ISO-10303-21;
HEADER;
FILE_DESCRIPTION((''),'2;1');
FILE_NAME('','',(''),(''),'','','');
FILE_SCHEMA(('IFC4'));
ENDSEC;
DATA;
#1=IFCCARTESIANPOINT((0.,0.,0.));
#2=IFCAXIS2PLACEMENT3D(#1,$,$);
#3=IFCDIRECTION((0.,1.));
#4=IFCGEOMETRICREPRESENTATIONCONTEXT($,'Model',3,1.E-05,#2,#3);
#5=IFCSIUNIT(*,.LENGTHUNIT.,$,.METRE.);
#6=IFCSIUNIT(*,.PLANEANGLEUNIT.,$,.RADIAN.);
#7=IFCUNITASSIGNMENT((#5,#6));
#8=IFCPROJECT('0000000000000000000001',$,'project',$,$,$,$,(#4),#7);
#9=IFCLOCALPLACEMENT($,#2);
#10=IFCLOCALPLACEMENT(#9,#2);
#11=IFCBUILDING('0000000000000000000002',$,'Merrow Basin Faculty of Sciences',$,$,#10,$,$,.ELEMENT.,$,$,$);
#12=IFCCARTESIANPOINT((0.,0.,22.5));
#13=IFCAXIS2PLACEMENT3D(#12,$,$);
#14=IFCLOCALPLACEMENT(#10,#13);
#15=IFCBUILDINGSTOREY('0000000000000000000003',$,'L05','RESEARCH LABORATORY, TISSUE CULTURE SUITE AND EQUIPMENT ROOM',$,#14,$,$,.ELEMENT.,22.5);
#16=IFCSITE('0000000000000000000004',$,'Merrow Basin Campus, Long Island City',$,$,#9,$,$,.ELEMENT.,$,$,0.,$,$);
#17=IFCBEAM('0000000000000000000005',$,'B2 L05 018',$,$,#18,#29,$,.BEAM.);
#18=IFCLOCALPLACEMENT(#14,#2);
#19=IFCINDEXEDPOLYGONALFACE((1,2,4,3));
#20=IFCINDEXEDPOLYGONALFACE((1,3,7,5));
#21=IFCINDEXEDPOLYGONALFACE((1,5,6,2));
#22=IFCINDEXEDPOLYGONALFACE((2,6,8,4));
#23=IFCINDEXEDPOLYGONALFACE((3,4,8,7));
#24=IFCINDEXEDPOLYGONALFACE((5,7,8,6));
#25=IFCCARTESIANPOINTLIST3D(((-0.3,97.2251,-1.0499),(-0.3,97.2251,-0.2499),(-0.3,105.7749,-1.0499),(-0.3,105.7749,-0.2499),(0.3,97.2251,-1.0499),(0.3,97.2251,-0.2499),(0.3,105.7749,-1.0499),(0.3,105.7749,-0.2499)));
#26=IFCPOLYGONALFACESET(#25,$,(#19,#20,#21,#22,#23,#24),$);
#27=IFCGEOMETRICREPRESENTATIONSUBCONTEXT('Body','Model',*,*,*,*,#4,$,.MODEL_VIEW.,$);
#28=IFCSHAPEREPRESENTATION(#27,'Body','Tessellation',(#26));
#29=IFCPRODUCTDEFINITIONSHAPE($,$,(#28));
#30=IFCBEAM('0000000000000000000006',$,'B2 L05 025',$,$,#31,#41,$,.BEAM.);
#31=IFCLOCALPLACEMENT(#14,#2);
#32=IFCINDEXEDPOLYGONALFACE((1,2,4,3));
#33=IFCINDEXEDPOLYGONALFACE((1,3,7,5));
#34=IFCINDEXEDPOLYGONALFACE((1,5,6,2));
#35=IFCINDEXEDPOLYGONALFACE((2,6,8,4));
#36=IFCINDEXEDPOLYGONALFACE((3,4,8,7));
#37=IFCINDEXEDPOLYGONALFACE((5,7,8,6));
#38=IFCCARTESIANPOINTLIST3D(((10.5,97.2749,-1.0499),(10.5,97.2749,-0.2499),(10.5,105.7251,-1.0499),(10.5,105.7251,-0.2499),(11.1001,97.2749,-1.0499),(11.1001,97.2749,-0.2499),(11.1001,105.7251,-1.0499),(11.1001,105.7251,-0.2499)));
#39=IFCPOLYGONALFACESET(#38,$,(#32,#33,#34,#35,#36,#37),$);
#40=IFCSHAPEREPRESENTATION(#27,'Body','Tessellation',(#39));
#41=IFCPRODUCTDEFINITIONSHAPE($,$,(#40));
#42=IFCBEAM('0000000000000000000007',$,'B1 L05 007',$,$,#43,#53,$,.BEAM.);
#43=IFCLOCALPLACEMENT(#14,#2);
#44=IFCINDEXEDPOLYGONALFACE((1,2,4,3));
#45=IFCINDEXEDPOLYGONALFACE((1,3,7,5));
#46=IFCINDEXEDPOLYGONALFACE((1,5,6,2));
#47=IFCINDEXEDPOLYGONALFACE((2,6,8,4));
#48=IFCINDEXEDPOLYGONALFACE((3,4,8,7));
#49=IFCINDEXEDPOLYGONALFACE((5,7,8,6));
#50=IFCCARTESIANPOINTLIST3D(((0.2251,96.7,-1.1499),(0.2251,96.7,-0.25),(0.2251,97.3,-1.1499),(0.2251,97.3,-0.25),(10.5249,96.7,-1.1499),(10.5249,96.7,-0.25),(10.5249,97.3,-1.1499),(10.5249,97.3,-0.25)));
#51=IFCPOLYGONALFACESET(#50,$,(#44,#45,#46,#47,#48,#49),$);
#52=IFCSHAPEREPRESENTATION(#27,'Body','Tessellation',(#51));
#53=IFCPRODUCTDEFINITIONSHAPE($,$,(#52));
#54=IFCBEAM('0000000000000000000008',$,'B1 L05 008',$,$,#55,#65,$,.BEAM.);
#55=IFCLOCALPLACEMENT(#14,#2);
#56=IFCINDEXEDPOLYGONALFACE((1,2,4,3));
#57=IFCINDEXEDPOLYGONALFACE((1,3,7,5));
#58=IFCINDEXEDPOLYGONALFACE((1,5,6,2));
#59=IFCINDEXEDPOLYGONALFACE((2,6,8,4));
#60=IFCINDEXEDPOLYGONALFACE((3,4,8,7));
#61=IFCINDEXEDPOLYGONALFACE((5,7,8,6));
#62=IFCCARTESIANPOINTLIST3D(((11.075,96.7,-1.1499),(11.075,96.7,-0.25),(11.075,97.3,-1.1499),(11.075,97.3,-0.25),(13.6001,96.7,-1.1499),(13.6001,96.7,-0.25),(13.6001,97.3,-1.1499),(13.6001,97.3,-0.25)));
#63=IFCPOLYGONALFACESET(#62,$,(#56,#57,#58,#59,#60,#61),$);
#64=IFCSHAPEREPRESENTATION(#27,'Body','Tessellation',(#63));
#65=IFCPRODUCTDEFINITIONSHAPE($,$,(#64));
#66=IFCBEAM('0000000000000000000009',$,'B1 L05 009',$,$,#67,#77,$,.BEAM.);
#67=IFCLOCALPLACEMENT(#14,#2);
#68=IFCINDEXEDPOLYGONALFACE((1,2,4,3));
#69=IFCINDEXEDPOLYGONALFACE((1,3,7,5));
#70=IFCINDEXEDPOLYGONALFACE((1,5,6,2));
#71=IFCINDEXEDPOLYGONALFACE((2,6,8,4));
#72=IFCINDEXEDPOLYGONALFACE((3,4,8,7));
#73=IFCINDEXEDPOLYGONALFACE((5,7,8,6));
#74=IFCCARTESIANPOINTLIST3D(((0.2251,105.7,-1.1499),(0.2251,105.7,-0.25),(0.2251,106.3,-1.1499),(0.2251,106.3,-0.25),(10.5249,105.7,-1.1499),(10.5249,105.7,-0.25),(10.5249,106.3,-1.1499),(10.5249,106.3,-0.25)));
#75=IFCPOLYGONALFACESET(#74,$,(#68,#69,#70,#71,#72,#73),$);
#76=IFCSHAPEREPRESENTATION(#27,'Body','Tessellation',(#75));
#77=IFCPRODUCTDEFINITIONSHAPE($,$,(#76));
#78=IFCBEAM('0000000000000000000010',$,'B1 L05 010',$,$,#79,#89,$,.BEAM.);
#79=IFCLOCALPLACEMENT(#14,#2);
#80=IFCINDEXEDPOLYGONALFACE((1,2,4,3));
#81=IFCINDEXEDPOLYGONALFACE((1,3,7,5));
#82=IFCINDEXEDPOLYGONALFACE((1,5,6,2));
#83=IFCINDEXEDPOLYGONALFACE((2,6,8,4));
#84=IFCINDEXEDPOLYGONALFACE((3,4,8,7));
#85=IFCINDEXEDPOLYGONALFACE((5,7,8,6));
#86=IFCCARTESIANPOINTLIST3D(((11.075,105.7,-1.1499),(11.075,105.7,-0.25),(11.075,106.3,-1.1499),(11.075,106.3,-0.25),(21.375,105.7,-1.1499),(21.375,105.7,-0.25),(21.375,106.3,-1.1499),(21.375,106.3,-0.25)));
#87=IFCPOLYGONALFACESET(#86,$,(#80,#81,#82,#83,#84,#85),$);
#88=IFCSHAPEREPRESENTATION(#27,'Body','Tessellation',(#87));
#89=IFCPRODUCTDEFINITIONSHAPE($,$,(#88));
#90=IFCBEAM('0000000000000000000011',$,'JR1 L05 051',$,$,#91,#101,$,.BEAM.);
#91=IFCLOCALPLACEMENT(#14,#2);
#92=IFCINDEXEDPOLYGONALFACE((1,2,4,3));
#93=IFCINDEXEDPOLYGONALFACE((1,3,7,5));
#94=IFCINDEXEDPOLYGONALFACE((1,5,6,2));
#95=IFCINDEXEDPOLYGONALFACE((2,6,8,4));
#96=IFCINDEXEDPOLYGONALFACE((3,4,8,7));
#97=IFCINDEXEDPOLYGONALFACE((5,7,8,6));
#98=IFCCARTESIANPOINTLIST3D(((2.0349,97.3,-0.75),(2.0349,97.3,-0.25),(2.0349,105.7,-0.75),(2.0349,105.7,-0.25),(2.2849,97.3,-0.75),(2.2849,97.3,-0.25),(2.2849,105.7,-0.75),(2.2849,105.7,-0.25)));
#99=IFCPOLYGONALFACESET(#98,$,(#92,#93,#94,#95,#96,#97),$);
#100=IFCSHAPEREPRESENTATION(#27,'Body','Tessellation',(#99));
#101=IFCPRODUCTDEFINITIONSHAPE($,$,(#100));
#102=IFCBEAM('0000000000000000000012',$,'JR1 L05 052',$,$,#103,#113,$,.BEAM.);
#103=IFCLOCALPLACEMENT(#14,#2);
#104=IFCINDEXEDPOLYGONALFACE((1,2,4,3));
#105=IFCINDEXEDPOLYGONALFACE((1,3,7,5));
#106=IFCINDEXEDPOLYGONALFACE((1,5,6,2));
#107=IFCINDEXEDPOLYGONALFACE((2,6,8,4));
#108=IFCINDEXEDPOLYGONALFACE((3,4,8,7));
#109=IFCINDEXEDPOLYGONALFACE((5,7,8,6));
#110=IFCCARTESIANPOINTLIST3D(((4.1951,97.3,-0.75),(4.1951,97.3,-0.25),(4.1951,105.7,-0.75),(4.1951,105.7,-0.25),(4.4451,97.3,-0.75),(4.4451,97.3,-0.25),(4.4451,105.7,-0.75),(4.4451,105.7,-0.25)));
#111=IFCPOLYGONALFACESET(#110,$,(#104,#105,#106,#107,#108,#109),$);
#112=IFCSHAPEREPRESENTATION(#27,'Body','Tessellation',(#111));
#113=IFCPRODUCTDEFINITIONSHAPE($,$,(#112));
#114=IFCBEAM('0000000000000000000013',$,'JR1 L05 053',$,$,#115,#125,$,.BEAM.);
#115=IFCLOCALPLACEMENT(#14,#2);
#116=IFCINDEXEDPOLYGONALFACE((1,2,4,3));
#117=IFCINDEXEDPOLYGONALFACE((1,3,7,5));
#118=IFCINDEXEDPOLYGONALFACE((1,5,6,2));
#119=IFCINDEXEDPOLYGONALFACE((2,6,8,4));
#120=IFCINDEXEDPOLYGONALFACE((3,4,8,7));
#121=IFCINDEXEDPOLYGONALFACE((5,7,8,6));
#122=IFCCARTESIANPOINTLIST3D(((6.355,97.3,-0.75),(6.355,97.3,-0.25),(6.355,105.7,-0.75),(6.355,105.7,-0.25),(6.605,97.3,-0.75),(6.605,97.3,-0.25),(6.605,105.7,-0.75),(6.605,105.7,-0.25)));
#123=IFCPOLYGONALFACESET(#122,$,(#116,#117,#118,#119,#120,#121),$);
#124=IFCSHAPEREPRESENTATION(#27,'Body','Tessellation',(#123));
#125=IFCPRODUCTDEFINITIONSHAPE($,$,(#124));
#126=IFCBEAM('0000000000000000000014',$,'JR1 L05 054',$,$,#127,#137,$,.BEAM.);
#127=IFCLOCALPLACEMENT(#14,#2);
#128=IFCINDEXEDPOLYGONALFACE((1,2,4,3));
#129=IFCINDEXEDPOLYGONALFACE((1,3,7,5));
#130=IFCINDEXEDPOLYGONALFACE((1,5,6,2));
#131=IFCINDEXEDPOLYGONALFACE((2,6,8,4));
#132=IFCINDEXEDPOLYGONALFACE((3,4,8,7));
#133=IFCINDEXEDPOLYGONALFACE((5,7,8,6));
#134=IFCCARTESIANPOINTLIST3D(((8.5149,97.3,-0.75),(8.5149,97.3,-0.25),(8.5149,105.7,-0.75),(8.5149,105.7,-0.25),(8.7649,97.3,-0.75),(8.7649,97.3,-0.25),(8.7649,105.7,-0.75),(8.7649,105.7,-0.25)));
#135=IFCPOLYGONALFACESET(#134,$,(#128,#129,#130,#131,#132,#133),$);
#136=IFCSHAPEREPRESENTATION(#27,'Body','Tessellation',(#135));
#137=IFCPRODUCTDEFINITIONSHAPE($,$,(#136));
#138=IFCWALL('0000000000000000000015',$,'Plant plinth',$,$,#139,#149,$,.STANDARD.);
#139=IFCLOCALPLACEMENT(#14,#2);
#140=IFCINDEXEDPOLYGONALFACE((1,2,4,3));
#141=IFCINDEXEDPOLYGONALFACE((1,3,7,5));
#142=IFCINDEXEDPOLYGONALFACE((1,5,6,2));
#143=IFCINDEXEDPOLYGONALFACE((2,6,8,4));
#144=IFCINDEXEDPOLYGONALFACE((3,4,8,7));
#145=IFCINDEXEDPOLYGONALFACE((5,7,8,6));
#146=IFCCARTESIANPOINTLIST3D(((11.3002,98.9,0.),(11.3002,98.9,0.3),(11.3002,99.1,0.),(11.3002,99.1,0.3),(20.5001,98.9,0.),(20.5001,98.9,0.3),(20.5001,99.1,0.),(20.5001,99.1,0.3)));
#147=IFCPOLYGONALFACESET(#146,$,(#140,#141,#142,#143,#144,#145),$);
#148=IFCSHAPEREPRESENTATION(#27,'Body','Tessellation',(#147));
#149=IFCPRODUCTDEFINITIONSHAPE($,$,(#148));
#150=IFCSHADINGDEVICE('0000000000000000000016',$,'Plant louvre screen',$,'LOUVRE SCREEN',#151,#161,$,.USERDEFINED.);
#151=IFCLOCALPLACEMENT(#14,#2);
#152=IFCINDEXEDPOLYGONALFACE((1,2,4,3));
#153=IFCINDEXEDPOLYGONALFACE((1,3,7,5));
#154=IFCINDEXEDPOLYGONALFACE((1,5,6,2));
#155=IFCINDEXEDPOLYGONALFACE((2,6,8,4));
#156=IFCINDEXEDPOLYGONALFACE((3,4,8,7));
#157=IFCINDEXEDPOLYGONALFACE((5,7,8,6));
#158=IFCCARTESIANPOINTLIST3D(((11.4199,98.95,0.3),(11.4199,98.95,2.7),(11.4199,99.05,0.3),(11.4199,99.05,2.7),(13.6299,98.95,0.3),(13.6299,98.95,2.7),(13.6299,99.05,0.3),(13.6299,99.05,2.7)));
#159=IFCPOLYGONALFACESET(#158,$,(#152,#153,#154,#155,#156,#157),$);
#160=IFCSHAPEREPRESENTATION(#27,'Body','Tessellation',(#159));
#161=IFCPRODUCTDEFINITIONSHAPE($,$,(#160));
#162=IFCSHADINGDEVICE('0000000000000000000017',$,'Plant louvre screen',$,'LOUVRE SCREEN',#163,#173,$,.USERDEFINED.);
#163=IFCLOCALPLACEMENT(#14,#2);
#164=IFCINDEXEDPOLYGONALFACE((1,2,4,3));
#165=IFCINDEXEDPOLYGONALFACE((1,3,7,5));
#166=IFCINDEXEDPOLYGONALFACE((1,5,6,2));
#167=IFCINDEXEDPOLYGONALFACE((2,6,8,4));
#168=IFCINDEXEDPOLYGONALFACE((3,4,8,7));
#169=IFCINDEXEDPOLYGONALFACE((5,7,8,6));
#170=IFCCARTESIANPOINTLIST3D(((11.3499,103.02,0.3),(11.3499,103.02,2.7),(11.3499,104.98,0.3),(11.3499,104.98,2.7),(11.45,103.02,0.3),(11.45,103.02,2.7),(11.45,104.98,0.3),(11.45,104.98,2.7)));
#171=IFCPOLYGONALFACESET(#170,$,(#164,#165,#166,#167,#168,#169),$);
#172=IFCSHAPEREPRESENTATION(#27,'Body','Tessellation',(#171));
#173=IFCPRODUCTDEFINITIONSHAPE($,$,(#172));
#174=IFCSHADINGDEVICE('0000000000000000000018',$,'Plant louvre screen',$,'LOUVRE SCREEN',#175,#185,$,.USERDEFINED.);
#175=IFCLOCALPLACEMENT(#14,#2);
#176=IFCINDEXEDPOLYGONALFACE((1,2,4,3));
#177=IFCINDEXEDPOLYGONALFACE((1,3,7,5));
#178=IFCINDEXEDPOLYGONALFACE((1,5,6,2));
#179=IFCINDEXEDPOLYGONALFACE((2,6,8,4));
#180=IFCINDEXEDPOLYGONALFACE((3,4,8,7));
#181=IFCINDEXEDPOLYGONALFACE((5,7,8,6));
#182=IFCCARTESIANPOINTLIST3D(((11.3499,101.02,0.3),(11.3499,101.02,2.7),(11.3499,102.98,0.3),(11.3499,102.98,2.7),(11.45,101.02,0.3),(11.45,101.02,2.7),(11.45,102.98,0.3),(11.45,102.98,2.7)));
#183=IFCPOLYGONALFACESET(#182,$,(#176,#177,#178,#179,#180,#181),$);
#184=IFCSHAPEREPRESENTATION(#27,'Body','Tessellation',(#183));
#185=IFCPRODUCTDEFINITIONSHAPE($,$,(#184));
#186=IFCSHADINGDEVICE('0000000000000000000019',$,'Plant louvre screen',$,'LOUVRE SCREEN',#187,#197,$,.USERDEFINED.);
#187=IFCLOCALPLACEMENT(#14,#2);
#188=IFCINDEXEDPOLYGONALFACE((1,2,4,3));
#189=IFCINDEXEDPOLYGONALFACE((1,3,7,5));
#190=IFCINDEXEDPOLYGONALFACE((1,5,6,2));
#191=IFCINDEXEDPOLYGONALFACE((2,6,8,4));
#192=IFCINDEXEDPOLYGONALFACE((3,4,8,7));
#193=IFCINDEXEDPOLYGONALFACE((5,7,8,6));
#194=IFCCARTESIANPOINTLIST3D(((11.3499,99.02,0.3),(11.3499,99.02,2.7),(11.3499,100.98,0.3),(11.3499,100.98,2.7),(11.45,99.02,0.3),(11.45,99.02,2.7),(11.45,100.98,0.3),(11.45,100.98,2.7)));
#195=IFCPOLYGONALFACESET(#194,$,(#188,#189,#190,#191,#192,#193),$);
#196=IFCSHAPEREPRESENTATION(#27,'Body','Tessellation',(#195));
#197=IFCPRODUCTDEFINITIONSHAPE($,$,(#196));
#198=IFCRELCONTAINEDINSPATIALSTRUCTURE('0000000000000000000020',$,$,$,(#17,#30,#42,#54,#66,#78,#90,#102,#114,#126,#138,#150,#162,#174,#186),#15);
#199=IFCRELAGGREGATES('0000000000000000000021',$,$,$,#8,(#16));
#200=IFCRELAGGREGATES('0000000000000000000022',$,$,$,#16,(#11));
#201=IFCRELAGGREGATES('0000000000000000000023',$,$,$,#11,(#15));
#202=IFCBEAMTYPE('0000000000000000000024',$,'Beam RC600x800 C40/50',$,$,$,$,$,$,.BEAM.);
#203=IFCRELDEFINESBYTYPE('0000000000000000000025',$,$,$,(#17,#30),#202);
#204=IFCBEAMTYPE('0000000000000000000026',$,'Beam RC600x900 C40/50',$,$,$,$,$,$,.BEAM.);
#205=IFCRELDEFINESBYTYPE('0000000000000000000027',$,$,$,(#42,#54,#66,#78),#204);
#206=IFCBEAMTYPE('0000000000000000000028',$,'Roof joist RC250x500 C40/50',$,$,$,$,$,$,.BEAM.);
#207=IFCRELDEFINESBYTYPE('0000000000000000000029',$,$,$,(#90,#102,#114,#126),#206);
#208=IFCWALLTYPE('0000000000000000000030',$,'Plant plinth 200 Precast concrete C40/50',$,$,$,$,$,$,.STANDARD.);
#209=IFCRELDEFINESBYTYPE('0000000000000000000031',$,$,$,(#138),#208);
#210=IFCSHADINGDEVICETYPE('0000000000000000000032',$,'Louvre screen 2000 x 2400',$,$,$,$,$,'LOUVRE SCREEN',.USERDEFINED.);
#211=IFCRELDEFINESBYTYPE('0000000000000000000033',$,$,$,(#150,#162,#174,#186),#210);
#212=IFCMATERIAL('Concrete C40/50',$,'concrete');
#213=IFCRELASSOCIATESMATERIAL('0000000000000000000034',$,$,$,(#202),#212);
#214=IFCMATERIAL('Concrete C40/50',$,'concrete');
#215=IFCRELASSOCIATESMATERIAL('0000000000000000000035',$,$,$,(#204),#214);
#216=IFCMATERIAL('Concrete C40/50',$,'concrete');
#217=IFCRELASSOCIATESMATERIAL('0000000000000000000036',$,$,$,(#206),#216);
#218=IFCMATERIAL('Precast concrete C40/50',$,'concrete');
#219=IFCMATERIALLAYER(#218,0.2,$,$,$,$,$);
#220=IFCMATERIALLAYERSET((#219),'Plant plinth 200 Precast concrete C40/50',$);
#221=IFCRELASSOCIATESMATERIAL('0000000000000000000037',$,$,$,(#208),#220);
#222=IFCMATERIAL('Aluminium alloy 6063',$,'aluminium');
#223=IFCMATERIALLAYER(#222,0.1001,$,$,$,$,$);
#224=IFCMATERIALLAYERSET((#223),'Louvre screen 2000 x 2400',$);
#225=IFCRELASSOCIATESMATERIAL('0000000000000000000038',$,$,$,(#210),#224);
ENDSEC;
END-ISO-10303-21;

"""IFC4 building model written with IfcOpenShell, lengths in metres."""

from ifc_helpers import new_model, si_unit, direction, frame, frame_2d, origin, origin_2d, place, context, subcontext, project, spatial, rectangle, extrude, material, layer, layer_set, material_profile, profile_set, type_object, element, save


model = new_model("IFC4")

# Units and contexts
model_context = context("Model", 3, precision=1e-05, world=origin(), true_north=direction((0.0, 1.0)))
body_context = subcontext(model_context, "Body", "Model", "MODEL_VIEW")
ifc_project = project(units=[si_unit("LENGTHUNIT", "METRE"), si_unit("PLANEANGLEUNIT", "RADIAN")], contexts=[model_context])

# Site, building, storey
site_placement = place(None, origin())
site = spatial("IfcSite", under=ifc_project, at=site_placement, Name="Merrow Basin Campus, Long Island City", CompositionType="ELEMENT", RefElevation=0.0)
building_placement = place(site_placement, origin())
building = spatial("IfcBuilding", under=site, at=building_placement, Name="Merrow Basin Faculty of Sciences", CompositionType="ELEMENT")
storey_placement = place(building_placement, frame((0.0, 0.0, 22.5)))
storey = spatial("IfcBuildingStorey", under=building, at=storey_placement, Name="L05", Description="RESEARCH LABORATORY, TISSUE CULTURE SUITE AND EQUIPMENT ROOM", CompositionType="ELEMENT", Elevation=22.5)

# Beams
ifc_material_1 = material(Name="Concrete C40/50", Category="concrete")
ifc_material_profile_1 = material_profile(ifc_material_1, rectangle(XDim=0.6001, YDim=0.8, at=origin_2d()))
ifc_profile_set_1 = profile_set([ifc_material_profile_1], Name="Concrete C40/50")
beam_type_1 = type_object("IfcBeamType", Name="Beam RC600x800 C40/50", PredefinedType="BEAM", material=ifc_profile_set_1)
beam_1_placement = place(storey_placement, frame((0.0, 97.2251, -0.6499), z_axis=(0.0, 1.0, 0.0), x_axis=(-1.0, 0.0, 0.0)))
element("IfcBeam", 1, at=beam_1_placement, inside=storey, type_object=beam_type_1, Name="B2 L05 018", PredefinedType="BEAM", context=body_context, shape_type="SweptSolid", body=[
    extrude(rectangle(XDim=0.6001, YDim=0.8, at=origin_2d()), origin(), (0.0, 0.0, 1.0), 8.5498),
])
beam_2_placement = place(storey_placement, frame((10.8, 97.2749, -0.6499), z_axis=(0.0, 1.0, 0.0), x_axis=(-1.0, 0.0, 0.0)))
element("IfcBeam", 2, at=beam_2_placement, inside=storey, type_object=beam_type_1, Name="B2 L05 025", PredefinedType="BEAM", context=body_context, shape_type="SweptSolid", body=[
    extrude(rectangle(XDim=0.6001, YDim=0.8, at=origin_2d()), origin(), (0.0, 0.0, 1.0), 8.4502),
])
ifc_material_2 = material(Name="Concrete C40/50", Category="concrete")
ifc_material_profile_2 = material_profile(ifc_material_2, rectangle(XDim=0.6001, YDim=0.8999, at=origin_2d()))
ifc_profile_set_2 = profile_set([ifc_material_profile_2], Name="Concrete C40/50")
beam_type_2 = type_object("IfcBeamType", Name="Beam RC600x900 C40/50", PredefinedType="BEAM", material=ifc_profile_set_2)
beam_3_placement = place(storey_placement, frame((0.2251, 97.0, -0.7), z_axis=(1.0, 0.0, 0.0), x_axis=(0.0, 1.0, 0.0)))
element("IfcBeam", 3, at=beam_3_placement, inside=storey, type_object=beam_type_2, Name="B1 L05 007", PredefinedType="BEAM", context=body_context, shape_type="SweptSolid", body=[
    extrude(rectangle(XDim=0.6001, YDim=0.8999, at=origin_2d()), origin(), (0.0, 0.0, 1.0), 10.2998),
])
beam_4_placement = place(storey_placement, frame((11.075, 97.0, -0.7), z_axis=(1.0, 0.0, 0.0), x_axis=(0.0, 1.0, 0.0)))
element("IfcBeam", 4, at=beam_4_placement, inside=storey, type_object=beam_type_2, Name="B1 L05 008", PredefinedType="BEAM", context=body_context, shape_type="SweptSolid", body=[
    extrude(rectangle(XDim=0.6001, YDim=0.8999, at=origin_2d()), origin(), (0.0, 0.0, 1.0), 2.5251),
])
beam_5_placement = place(storey_placement, frame((0.2251, 106.0, -0.7), z_axis=(1.0, 0.0, 0.0), x_axis=(0.0, 1.0, 0.0)))
element("IfcBeam", 5, at=beam_5_placement, inside=storey, type_object=beam_type_2, Name="B1 L05 009", PredefinedType="BEAM", context=body_context, shape_type="SweptSolid", body=[
    extrude(rectangle(XDim=0.6001, YDim=0.8999, at=origin_2d()), origin(), (0.0, 0.0, 1.0), 10.2998),
])
beam_6_placement = place(storey_placement, frame((11.075, 106.0, -0.7), z_axis=(1.0, 0.0, 0.0), x_axis=(0.0, 1.0, 0.0)))
element("IfcBeam", 6, at=beam_6_placement, inside=storey, type_object=beam_type_2, Name="B1 L05 010", PredefinedType="BEAM", context=body_context, shape_type="SweptSolid", body=[
    extrude(rectangle(XDim=0.6001, YDim=0.8999, at=origin_2d()), origin(), (0.0, 0.0, 1.0), 10.3),
])
ifc_material_3 = material(Name="Concrete C40/50", Category="concrete")
ifc_material_profile_3 = material_profile(ifc_material_3, rectangle(XDim=0.25, YDim=0.5, at=origin_2d()))
ifc_profile_set_3 = profile_set([ifc_material_profile_3], Name="Concrete C40/50")
beam_type_3 = type_object("IfcBeamType", Name="Roof joist RC250x500 C40/50", PredefinedType="BEAM", material=ifc_profile_set_3)
for number, where, z_axis, x_axis, name in (
    (7, (2.1599, 97.3, -0.5), (0.0, 1.0, 0.0), (-1.0, 0.0, 0.0), "JR1 L05 051"),
    (8, (4.3201, 97.3, -0.5), (0.0, 1.0, 0.0), (-1.0, 0.0, 0.0), "JR1 L05 052"),
    (9, (6.48, 97.3, -0.5), (0.0, 1.0, 0.0), (-1.0, 0.0, 0.0), "JR1 L05 053"),
    (10, (8.6399, 97.3, -0.5), (0.0, 1.0, 0.0), (-1.0, 0.0, 0.0), "JR1 L05 054"),
):
    element("IfcBeam", number, at=place(storey_placement, frame(where, z_axis=z_axis, x_axis=x_axis)), inside=storey, type_object=beam_type_3, Name=name, PredefinedType="BEAM", context=body_context, shape_type="SweptSolid", body=[
        extrude(rectangle(XDim=0.25, YDim=0.5, at=origin_2d()), origin(), (0.0, 0.0, 1.0), 8.3999),
    ])

# Wall
ifc_material_4 = material(Name="Precast concrete C40/50", Category="concrete")
ifc_layer_1 = layer(ifc_material_4, 0.2)
ifc_layer_set_1 = layer_set([ifc_layer_1], Name="Plant plinth 200 Precast concrete C40/50")
wall_type = type_object("IfcWallType", Name="Plant plinth 200 Precast concrete C40/50", PredefinedType="STANDARD", material=ifc_layer_set_1)
wall_placement = place(storey_placement, frame((11.3, 99.0, 0.0), z_axis=(0.0, 0.0, 1.0), x_axis=(1.0, 0.0, 0.0)))
element("IfcWall", 11, at=wall_placement, inside=storey, type_object=wall_type, Name="Plant plinth", PredefinedType="STANDARD", context=body_context, shape_type="SweptSolid", body=[
    extrude(rectangle(XDim=9.2, YDim=0.2, at=frame_2d((4.6001, 0.0))), origin(), (0.0, 0.0, 1.0), 0.3),
])

# Shading devices
ifc_material_5 = material(Name="Aluminium alloy 6063", Category="aluminium")
ifc_layer_2 = layer(ifc_material_5, 0.1001)
ifc_layer_set_2 = layer_set([ifc_layer_2], Name="Louvre screen 2000 x 2400")
shading_device_type = type_object("IfcShadingDeviceType", Name="Louvre screen 2000 x 2400", ElementType="LOUVRE SCREEN", PredefinedType="USERDEFINED", material=ifc_layer_set_2)
shading_device_placement = place(storey_placement, frame((12.5249, 99.0, 0.3), z_axis=(0.0, 0.0, 1.0), x_axis=(1.0, 0.0, 0.0)))
element("IfcShadingDevice", 12, at=shading_device_placement, inside=storey, type_object=shading_device_type, Name="Plant louvre screen", ObjectType="LOUVRE SCREEN", PredefinedType="USERDEFINED", context=body_context, shape_type="SweptSolid", body=[
    extrude(rectangle(XDim=2.21, YDim=0.1001, at=origin_2d()), origin(), (0.0, 0.0, 1.0), 2.3999),
])
for number, where, z_axis, x_axis, name in (
    (13, (11.3999, 104.0, 0.3), (0.0, 0.0, 1.0), (0.0, 1.0, 0.0), "Plant louvre screen"),
    (14, (11.3999, 102.0, 0.3), (0.0, 0.0, 1.0), (0.0, 1.0, 0.0), "Plant louvre screen"),
    (15, (11.3999, 100.0, 0.3), (0.0, 0.0, 1.0), (0.0, 1.0, 0.0), "Plant louvre screen"),
):
    element("IfcShadingDevice", number, at=place(storey_placement, frame(where, z_axis=z_axis, x_axis=x_axis)), inside=storey, type_object=shading_device_type, Name=name, ObjectType="LOUVRE SCREEN", PredefinedType="USERDEFINED", context=body_context, shape_type="SweptSolid", body=[
        extrude(rectangle(XDim=1.96, YDim=0.1001, at=origin_2d()), origin(), (0.0, 0.0, 1.0), 2.3999),
    ])

save(model, "model.ifc")
